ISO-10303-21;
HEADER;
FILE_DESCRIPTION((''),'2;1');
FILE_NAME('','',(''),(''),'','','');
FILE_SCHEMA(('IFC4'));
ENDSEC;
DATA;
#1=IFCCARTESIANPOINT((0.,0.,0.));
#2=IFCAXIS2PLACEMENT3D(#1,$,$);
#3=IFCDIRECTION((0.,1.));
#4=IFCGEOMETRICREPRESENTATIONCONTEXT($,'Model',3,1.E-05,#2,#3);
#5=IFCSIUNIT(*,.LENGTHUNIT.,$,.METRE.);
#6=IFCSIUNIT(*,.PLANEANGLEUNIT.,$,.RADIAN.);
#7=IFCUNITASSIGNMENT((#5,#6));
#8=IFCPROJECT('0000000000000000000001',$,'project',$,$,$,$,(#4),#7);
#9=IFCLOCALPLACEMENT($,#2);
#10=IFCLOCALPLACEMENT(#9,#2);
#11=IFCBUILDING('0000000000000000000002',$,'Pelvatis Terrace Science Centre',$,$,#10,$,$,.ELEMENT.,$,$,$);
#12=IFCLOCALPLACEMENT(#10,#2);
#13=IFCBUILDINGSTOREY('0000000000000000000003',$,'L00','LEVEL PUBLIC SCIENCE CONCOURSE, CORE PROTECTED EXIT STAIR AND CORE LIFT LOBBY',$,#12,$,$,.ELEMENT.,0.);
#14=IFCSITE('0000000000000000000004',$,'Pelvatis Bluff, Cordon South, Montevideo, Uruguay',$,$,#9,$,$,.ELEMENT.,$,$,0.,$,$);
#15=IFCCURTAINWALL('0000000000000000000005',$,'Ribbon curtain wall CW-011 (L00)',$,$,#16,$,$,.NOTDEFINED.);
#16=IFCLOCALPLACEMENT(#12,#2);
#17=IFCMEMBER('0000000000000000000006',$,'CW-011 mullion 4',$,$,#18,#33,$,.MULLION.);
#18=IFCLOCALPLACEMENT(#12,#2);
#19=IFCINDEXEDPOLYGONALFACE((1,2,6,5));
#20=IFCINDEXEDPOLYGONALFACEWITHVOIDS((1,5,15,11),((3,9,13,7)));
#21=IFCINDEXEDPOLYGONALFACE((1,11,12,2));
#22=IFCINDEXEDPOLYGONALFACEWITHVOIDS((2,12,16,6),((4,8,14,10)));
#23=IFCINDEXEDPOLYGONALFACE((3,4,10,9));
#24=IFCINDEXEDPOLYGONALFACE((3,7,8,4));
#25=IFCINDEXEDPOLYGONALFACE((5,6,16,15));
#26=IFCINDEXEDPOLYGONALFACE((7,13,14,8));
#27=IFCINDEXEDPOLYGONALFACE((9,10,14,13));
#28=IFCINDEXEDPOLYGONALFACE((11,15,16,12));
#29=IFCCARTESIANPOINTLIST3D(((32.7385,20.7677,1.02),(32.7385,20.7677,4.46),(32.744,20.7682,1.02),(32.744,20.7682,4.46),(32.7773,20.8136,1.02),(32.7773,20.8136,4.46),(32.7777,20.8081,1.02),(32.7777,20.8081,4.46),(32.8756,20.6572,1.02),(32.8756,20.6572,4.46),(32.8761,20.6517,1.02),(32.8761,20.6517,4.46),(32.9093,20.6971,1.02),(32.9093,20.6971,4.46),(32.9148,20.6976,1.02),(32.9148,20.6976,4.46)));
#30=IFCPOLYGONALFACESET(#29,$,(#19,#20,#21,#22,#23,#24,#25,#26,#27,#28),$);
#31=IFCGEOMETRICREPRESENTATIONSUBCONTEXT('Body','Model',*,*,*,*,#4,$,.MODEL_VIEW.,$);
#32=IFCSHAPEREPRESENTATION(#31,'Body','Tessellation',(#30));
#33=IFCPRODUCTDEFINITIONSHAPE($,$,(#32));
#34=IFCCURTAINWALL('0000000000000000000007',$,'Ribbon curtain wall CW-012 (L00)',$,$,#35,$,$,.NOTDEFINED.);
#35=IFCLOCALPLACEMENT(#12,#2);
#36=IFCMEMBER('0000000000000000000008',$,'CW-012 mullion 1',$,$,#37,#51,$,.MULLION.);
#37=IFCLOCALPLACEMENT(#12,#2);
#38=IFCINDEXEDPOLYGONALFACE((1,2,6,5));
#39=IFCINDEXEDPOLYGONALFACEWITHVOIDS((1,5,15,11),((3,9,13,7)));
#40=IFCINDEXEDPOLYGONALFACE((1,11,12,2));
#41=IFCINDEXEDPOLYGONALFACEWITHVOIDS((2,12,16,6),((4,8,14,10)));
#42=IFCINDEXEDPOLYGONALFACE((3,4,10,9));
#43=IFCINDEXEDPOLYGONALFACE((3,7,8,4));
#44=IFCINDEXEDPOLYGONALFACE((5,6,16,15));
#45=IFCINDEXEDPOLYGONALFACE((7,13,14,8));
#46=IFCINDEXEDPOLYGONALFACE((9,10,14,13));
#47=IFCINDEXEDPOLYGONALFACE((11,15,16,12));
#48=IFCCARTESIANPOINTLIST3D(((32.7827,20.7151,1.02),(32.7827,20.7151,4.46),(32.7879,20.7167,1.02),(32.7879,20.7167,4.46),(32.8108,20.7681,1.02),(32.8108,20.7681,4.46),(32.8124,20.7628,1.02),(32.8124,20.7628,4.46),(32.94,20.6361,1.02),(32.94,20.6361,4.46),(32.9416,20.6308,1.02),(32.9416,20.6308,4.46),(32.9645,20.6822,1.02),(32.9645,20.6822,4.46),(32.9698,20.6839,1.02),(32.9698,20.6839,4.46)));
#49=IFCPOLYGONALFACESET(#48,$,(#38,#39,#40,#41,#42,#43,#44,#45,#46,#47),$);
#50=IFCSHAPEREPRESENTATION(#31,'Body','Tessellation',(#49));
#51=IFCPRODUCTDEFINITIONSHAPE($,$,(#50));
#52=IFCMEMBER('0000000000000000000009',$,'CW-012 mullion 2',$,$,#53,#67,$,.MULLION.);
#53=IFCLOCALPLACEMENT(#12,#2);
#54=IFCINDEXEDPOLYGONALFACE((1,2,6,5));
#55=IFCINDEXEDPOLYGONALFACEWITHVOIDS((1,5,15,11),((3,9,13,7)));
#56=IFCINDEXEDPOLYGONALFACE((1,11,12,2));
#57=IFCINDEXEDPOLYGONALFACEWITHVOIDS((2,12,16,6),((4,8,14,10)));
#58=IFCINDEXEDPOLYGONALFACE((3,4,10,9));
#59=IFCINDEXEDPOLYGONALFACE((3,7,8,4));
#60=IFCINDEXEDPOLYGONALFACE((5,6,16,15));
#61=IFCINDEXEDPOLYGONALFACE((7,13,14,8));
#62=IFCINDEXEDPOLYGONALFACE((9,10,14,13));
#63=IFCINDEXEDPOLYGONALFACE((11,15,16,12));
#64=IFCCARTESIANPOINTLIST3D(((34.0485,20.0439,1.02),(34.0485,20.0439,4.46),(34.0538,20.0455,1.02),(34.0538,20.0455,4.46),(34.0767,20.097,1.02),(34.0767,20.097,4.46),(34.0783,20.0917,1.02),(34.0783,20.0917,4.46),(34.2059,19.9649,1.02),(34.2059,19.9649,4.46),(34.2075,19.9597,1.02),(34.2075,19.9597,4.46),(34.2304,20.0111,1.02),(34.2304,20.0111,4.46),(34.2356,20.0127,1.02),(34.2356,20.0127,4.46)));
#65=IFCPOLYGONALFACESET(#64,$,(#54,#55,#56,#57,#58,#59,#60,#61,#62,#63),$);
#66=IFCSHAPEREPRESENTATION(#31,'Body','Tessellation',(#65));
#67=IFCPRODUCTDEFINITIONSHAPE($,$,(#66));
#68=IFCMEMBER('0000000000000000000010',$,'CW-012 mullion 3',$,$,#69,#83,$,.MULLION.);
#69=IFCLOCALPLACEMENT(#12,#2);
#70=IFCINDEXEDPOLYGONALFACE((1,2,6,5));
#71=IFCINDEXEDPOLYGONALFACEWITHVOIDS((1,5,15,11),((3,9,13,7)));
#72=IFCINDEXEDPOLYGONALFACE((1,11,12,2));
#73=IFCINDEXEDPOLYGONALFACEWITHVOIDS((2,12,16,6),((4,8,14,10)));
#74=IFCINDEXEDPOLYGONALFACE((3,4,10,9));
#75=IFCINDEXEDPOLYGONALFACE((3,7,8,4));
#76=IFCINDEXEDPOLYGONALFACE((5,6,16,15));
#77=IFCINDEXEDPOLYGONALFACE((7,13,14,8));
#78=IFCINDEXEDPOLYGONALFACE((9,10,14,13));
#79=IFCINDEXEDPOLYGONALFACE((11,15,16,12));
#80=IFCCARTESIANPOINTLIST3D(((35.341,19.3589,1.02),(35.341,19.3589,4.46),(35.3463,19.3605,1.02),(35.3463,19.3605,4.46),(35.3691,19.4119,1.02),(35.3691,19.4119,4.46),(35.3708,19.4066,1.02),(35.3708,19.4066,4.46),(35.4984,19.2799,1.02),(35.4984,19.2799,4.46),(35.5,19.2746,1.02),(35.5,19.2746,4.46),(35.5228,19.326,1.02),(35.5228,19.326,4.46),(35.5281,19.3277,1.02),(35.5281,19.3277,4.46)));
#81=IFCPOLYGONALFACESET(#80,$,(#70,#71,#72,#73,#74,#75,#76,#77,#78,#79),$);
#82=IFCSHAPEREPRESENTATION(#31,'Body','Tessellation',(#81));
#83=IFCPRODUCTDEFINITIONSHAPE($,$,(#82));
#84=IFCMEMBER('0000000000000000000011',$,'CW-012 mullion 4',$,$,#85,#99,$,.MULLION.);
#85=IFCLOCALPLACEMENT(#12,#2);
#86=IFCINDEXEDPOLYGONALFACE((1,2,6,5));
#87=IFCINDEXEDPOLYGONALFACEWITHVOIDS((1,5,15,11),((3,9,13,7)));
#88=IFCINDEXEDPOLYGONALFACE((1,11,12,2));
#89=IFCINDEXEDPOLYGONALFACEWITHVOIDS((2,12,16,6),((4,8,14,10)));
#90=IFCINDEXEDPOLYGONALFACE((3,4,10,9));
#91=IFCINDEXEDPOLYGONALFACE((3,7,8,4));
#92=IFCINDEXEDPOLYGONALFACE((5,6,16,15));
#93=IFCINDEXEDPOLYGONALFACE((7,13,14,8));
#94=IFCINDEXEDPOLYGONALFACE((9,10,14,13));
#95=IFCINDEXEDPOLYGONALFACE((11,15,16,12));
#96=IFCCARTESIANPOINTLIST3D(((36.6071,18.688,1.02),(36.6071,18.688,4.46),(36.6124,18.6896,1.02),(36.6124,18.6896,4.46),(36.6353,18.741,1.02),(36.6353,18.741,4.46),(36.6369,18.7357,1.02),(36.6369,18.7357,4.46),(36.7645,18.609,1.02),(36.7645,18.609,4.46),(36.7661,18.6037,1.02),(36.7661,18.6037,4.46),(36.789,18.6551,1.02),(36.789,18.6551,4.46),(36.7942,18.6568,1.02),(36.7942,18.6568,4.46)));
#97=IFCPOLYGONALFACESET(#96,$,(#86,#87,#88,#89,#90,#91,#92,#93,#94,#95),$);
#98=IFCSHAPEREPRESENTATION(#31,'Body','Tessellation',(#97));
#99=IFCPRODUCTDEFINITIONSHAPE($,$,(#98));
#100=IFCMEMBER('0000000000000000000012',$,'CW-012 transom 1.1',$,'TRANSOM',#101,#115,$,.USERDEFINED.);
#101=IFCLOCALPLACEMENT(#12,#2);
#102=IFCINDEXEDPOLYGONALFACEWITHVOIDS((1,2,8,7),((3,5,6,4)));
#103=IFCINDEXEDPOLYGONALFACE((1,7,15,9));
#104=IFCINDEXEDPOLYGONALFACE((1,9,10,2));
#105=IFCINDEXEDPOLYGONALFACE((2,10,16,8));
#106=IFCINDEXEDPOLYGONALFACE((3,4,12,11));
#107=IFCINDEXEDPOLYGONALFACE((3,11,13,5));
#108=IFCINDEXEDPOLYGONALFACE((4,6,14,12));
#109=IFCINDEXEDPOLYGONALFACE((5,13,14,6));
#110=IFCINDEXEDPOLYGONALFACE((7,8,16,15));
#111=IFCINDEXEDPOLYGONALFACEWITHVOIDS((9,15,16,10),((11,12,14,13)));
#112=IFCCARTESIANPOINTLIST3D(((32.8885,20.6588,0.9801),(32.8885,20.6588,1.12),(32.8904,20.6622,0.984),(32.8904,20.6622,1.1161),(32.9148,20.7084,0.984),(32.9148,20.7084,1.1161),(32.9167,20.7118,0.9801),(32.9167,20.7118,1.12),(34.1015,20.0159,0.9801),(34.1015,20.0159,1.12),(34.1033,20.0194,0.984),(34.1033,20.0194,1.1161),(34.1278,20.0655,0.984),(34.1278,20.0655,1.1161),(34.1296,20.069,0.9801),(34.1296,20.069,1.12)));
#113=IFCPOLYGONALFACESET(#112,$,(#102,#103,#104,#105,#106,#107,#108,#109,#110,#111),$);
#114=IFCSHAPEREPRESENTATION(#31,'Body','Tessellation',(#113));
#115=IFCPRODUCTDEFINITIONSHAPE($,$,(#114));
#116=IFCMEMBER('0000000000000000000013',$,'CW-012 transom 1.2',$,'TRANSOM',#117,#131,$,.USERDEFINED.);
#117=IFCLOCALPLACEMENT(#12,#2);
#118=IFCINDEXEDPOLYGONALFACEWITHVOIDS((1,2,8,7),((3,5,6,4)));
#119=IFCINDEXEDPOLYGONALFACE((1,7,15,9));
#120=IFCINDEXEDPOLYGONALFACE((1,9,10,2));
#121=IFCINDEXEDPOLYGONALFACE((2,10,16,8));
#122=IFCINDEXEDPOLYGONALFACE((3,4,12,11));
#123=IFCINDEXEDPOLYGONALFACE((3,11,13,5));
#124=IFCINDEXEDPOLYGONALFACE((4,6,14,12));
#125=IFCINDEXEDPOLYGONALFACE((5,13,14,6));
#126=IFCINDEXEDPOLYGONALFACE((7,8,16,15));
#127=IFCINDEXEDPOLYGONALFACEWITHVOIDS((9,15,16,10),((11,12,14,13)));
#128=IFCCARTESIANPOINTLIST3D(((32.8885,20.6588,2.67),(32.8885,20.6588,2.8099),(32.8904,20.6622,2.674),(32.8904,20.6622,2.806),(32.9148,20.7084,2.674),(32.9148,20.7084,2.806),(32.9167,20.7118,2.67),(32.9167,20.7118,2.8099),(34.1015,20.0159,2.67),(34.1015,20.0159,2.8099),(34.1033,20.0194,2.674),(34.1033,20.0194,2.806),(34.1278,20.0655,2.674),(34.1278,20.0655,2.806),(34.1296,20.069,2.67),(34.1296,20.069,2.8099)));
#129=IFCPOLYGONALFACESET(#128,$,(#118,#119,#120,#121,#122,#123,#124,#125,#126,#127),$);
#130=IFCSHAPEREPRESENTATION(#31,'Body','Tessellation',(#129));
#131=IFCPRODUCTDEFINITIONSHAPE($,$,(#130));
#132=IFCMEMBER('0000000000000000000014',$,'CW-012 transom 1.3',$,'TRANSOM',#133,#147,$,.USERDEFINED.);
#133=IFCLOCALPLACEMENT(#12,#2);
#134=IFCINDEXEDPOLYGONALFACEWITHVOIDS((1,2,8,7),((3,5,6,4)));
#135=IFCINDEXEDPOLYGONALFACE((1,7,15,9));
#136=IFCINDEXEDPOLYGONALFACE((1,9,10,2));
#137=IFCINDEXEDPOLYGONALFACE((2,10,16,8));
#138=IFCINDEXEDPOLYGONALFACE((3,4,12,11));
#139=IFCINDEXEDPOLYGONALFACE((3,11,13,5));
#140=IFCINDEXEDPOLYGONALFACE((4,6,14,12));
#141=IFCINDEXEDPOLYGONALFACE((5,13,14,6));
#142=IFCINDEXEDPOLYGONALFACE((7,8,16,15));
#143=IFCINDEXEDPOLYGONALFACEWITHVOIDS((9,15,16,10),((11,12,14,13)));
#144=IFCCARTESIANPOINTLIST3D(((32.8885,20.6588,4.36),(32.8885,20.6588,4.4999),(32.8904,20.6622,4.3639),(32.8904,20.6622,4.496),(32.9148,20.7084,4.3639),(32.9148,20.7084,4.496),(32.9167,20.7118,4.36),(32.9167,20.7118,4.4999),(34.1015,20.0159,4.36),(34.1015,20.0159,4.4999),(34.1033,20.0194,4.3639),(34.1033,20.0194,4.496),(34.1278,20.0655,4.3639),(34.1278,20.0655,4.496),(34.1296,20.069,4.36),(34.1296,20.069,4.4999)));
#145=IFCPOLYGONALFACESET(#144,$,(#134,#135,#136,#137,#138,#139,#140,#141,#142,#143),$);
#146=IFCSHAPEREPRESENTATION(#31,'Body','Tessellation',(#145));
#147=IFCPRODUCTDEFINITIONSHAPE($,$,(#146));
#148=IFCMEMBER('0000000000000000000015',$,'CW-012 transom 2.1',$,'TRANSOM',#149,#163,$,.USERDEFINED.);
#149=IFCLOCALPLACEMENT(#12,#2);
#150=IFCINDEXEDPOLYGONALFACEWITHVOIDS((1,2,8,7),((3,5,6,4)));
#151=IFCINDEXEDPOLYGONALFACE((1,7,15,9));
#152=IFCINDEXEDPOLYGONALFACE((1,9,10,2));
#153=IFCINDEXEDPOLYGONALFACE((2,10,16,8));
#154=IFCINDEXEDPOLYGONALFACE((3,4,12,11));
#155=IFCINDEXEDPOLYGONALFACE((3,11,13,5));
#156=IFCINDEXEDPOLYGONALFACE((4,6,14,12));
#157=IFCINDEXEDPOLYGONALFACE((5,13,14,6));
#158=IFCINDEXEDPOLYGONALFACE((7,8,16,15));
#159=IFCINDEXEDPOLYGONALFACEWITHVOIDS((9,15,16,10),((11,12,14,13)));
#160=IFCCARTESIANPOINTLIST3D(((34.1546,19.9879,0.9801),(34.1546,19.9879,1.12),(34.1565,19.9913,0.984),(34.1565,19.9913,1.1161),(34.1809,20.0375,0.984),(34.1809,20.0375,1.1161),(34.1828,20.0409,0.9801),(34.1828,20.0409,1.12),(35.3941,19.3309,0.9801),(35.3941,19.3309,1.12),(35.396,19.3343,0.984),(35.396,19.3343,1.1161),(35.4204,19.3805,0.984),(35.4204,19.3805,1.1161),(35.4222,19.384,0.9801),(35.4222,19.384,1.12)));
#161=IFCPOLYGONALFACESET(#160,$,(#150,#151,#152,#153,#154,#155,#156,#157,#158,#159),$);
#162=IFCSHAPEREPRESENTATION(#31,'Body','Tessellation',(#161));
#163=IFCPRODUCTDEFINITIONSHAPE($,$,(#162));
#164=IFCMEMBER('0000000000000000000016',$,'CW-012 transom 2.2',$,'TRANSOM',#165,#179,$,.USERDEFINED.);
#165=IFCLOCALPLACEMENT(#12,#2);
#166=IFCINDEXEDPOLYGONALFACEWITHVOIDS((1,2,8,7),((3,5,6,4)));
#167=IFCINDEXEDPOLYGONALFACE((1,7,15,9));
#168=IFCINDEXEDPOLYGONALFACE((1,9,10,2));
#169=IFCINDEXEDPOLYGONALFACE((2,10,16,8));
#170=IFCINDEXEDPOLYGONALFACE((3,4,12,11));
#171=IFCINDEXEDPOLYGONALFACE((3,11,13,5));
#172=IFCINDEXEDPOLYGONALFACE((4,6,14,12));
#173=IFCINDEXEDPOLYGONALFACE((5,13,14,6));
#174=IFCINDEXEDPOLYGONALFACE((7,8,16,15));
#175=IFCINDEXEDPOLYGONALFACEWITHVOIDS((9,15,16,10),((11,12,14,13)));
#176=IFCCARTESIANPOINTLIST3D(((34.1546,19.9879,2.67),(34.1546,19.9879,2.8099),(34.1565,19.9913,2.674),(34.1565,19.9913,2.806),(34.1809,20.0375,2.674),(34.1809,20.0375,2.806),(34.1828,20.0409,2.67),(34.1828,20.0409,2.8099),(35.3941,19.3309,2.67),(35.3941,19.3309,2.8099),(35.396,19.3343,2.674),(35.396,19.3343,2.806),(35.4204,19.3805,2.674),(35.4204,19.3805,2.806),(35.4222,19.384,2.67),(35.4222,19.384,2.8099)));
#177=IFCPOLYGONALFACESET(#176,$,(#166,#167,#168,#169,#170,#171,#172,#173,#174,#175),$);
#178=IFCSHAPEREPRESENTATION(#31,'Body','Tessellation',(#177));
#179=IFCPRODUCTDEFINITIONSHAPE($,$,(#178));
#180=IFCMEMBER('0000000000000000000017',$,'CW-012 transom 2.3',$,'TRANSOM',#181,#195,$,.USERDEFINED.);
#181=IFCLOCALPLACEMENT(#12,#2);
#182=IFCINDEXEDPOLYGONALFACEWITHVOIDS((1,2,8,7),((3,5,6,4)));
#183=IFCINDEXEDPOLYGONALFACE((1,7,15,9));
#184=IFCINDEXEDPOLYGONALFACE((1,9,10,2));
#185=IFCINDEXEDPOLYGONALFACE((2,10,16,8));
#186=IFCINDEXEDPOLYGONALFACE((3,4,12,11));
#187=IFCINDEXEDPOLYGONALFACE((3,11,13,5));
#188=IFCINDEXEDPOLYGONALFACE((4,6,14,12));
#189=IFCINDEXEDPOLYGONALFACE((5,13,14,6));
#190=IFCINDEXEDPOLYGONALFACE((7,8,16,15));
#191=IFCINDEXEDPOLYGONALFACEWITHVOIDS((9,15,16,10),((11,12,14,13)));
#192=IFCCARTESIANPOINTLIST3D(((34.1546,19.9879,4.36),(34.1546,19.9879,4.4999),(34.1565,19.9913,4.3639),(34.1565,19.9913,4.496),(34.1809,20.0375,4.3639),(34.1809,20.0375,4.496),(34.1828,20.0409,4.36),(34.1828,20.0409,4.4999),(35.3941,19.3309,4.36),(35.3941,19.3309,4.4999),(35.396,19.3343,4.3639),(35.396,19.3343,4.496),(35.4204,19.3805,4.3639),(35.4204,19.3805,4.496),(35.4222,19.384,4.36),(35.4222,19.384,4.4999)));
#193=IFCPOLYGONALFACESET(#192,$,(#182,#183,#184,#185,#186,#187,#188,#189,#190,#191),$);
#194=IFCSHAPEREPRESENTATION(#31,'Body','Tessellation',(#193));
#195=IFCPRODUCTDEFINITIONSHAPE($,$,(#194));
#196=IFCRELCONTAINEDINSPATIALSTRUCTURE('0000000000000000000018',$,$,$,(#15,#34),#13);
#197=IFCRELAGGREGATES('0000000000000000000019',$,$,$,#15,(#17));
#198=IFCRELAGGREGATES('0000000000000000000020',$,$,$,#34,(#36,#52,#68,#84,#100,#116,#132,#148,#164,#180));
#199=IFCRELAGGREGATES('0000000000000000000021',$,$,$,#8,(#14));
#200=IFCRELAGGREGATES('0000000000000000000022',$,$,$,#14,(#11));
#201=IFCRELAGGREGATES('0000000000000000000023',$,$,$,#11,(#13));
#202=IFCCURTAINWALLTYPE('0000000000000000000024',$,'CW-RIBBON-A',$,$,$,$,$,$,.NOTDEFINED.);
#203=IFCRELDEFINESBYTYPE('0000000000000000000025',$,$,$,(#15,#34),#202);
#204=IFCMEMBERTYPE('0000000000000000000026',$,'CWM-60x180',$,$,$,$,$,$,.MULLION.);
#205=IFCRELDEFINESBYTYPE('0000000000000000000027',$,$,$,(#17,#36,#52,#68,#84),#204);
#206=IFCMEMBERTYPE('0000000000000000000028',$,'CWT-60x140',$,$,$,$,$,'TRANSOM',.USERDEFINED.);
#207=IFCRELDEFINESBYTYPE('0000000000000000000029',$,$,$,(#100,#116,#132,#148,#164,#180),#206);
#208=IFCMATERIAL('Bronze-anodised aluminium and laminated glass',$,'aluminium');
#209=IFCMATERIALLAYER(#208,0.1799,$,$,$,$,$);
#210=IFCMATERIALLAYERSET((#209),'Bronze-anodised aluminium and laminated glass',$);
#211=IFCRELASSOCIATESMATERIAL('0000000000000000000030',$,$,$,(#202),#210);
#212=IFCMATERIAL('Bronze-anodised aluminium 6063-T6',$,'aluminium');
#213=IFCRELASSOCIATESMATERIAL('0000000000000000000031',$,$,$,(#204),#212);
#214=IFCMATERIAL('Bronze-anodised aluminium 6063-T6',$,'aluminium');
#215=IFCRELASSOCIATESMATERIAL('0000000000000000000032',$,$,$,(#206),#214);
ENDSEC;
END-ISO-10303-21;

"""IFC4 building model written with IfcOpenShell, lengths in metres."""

from ifc_helpers import new_model, si_unit, direction, frame, origin, origin_2d, place, context, subcontext, project, spatial, hollow_rectangle, extrude, material, layer, layer_set, material_profile, profile_set, type_object, element, aggregate, save


model = new_model("IFC4")

# Units and contexts
model_context = context("Model", 3, precision=1e-05, world=origin(), true_north=direction((0.0, 1.0)))
body_context = subcontext(model_context, "Body", "Model", "MODEL_VIEW")
ifc_project = project(units=[si_unit("LENGTHUNIT", "METRE"), si_unit("PLANEANGLEUNIT", "RADIAN")], contexts=[model_context])

# Site, building, storey
site_placement = place(None, origin())
site = spatial("IfcSite", under=ifc_project, at=site_placement, Name="Pelvatis Bluff, Cordon South, Montevideo, Uruguay", CompositionType="ELEMENT", RefElevation=0.0)
building_placement = place(site_placement, origin())
building = spatial("IfcBuilding", under=site, at=building_placement, Name="Pelvatis Terrace Science Centre", CompositionType="ELEMENT")
storey_placement = place(building_placement, origin())
storey = spatial("IfcBuildingStorey", under=building, at=storey_placement, Name="L00", Description="LEVEL PUBLIC SCIENCE CONCOURSE, CORE PROTECTED EXIT STAIR AND CORE LIFT LOBBY", CompositionType="ELEMENT", Elevation=0.0)

# Curtain wall, member
ifc_material_1 = material(Name="Bronze-anodised aluminium and laminated glass", Category="aluminium")
ifc_layer_1 = layer(ifc_material_1, 0.1799)
ifc_layer_set_1 = layer_set([ifc_layer_1], Name="Bronze-anodised aluminium and laminated glass")
curtain_wall_type = type_object("IfcCurtainWallType", Name="CW-RIBBON-A", PredefinedType="NOTDEFINED", material=ifc_layer_set_1)
curtain_wall_1_placement = place(storey_placement, origin())
curtain_wall_1 = element("IfcCurtainWall", 1, at=curtain_wall_1_placement, inside=storey, type_object=curtain_wall_type, Name="Ribbon curtain wall CW-011 (L00)", PredefinedType="NOTDEFINED")
ifc_material_2 = material(Name="Bronze-anodised aluminium 6063-T6", Category="aluminium")
ifc_material_profile_1 = material_profile(ifc_material_2, hollow_rectangle(XDim=0.0601, YDim=0.1799, WallThickness=0.0039, at=origin_2d()), Name="ALU-MUL 60x180")
ifc_profile_set_1 = profile_set([ifc_material_profile_1], Name="Bronze-anodised aluminium 6063-T6")
member_type_1 = type_object("IfcMemberType", Name="CWM-60x180", PredefinedType="MULLION", material=ifc_profile_set_1)
member_1_placement = place(storey_placement, frame((32.8267, 20.7327, 1.02), z_axis=(0.0, 0.0, 1.0), x_axis=(0.644768, 0.764378, 0.0)))
member_1 = element("IfcMember", 2, at=member_1_placement, type_object=member_type_1, Name="CW-011 mullion 4", PredefinedType="MULLION", context=body_context, shape_type="SweptSolid", body=[
    extrude(hollow_rectangle(XDim=0.0601, YDim=0.1799, WallThickness=0.0039, at=origin_2d()), origin(), (0.0, 0.0, 1.0), 3.4399),
])
aggregate(curtain_wall_1, [member_1])

# Curtain wall, members
curtain_wall_2_placement = place(storey_placement, origin())
curtain_wall_2 = element("IfcCurtainWall", 3, at=curtain_wall_2_placement, inside=storey, type_object=curtain_wall_type, Name="Ribbon curtain wall CW-012 (L00)", PredefinedType="NOTDEFINED")
member_2_placement = place(storey_placement, frame((32.8762, 20.6995, 1.02), z_axis=(0.0, 0.0, 1.0), x_axis=(0.468298, 0.883571, 0.0)))
member_2 = element("IfcMember", 4, at=member_2_placement, type_object=member_type_1, Name="CW-012 mullion 1", PredefinedType="MULLION", context=body_context, shape_type="SweptSolid", body=[
    extrude(hollow_rectangle(XDim=0.0601, YDim=0.1799, WallThickness=0.0039, at=origin_2d()), origin(), (0.0, 0.0, 1.0), 3.4399),
])
member_3_placement = place(storey_placement, frame((34.1421, 20.0283, 1.02), z_axis=(0.0, 0.0, 1.0), x_axis=(0.468298, 0.883571, 0.0)))
member_3 = element("IfcMember", 5, at=member_3_placement, type_object=member_type_1, Name="CW-012 mullion 2", PredefinedType="MULLION", context=body_context, shape_type="SweptSolid", body=[
    extrude(hollow_rectangle(XDim=0.0601, YDim=0.1799, WallThickness=0.0039, at=origin_2d()), origin(), (0.0, 0.0, 1.0), 3.4399),
])
member_4_placement = place(storey_placement, frame((35.4346, 19.3433, 1.02), z_axis=(0.0, 0.0, 1.0), x_axis=(0.468298, 0.883571, 0.0)))
member_4 = element("IfcMember", 6, at=member_4_placement, type_object=member_type_1, Name="CW-012 mullion 3", PredefinedType="MULLION", context=body_context, shape_type="SweptSolid", body=[
    extrude(hollow_rectangle(XDim=0.0601, YDim=0.1799, WallThickness=0.0039, at=origin_2d()), origin(), (0.0, 0.0, 1.0), 3.4399),
])
member_5_placement = place(storey_placement, frame((36.7007, 18.6724, 1.02), z_axis=(0.0, 0.0, 1.0), x_axis=(0.468298, 0.883571, 0.0)))
member_5 = element("IfcMember", 7, at=member_5_placement, type_object=member_type_1, Name="CW-012 mullion 4", PredefinedType="MULLION", context=body_context, shape_type="SweptSolid", body=[
    extrude(hollow_rectangle(XDim=0.0601, YDim=0.1799, WallThickness=0.0039, at=origin_2d()), origin(), (0.0, 0.0, 1.0), 3.4399),
])
ifc_material_3 = material(Name="Bronze-anodised aluminium 6063-T6", Category="aluminium")
ifc_material_profile_2 = material_profile(ifc_material_3, hollow_rectangle(XDim=0.0601, YDim=0.1399, WallThickness=0.0039, at=origin_2d()), Name="ALU-TRN 60x140")
ifc_profile_set_2 = profile_set([ifc_material_profile_2], Name="Bronze-anodised aluminium 6063-T6")
member_type_2 = type_object("IfcMemberType", Name="CWT-60x140", ElementType="TRANSOM", PredefinedType="USERDEFINED", material=ifc_profile_set_2)
member_6_placement = place(storey_placement, frame((32.9026, 20.6853, 1.05), z_axis=(0.883576, -0.468288, 0.0), x_axis=(0.468288, 0.883576, 0.0)))
member_6 = element("IfcMember", 8, at=member_6_placement, type_object=member_type_2, Name="CW-012 transom 1.1", ObjectType="TRANSOM", PredefinedType="USERDEFINED", context=body_context, shape_type="SweptSolid", body=[
    extrude(hollow_rectangle(XDim=0.0601, YDim=0.1399, WallThickness=0.0039, at=origin_2d()), origin(), (0.0, 0.0, 1.0), 1.3728),
])
member_7_placement = place(storey_placement, frame((32.9026, 20.6853, 2.74), z_axis=(0.883576, -0.468288, 0.0), x_axis=(0.468288, 0.883576, 0.0)))
member_7 = element("IfcMember", 9, at=member_7_placement, type_object=member_type_2, Name="CW-012 transom 1.2", ObjectType="TRANSOM", PredefinedType="USERDEFINED", context=body_context, shape_type="SweptSolid", body=[
    extrude(hollow_rectangle(XDim=0.0601, YDim=0.1399, WallThickness=0.0039, at=origin_2d()), origin(), (0.0, 0.0, 1.0), 1.3728),
])
member_8_placement = place(storey_placement, frame((32.9026, 20.6853, 4.4299), z_axis=(0.883576, -0.468288, 0.0), x_axis=(0.468288, 0.883576, 0.0)))
member_8 = element("IfcMember", 10, at=member_8_placement, type_object=member_type_2, Name="CW-012 transom 1.3", ObjectType="TRANSOM", PredefinedType="USERDEFINED", context=body_context, shape_type="SweptSolid", body=[
    extrude(hollow_rectangle(XDim=0.0601, YDim=0.1399, WallThickness=0.0039, at=origin_2d()), origin(), (0.0, 0.0, 1.0), 1.3728),
])
member_9_placement = place(storey_placement, frame((34.1687, 20.0144, 1.05), z_axis=(0.883559, -0.468319, 0.0), x_axis=(0.468319, 0.883559, 0.0)))
member_9 = element("IfcMember", 11, at=member_9_placement, type_object=member_type_2, Name="CW-012 transom 2.1", ObjectType="TRANSOM", PredefinedType="USERDEFINED", context=body_context, shape_type="SweptSolid", body=[
    extrude(hollow_rectangle(XDim=0.0601, YDim=0.1399, WallThickness=0.0039, at=origin_2d()), origin(), (0.0, 0.0, 1.0), 1.4028),
])
member_10_placement = place(storey_placement, frame((34.1687, 20.0144, 2.74), z_axis=(0.883559, -0.468319, 0.0), x_axis=(0.468319, 0.883559, 0.0)))
member_10 = element("IfcMember", 12, at=member_10_placement, type_object=member_type_2, Name="CW-012 transom 2.2", ObjectType="TRANSOM", PredefinedType="USERDEFINED", context=body_context, shape_type="SweptSolid", body=[
    extrude(hollow_rectangle(XDim=0.0601, YDim=0.1399, WallThickness=0.0039, at=origin_2d()), origin(), (0.0, 0.0, 1.0), 1.4028),
])
member_11_placement = place(storey_placement, frame((34.1687, 20.0144, 4.4299), z_axis=(0.883559, -0.468319, 0.0), x_axis=(0.468319, 0.883559, 0.0)))
member_11 = element("IfcMember", 13, at=member_11_placement, type_object=member_type_2, Name="CW-012 transom 2.3", ObjectType="TRANSOM", PredefinedType="USERDEFINED", context=body_context, shape_type="SweptSolid", body=[
    extrude(hollow_rectangle(XDim=0.0601, YDim=0.1399, WallThickness=0.0039, at=origin_2d()), origin(), (0.0, 0.0, 1.0), 1.4028),
])
aggregate(curtain_wall_2, [member_2, member_3, member_4, member_5, member_6, member_7, member_8, member_9, member_10, member_11])

save(model, "model.ifc")
